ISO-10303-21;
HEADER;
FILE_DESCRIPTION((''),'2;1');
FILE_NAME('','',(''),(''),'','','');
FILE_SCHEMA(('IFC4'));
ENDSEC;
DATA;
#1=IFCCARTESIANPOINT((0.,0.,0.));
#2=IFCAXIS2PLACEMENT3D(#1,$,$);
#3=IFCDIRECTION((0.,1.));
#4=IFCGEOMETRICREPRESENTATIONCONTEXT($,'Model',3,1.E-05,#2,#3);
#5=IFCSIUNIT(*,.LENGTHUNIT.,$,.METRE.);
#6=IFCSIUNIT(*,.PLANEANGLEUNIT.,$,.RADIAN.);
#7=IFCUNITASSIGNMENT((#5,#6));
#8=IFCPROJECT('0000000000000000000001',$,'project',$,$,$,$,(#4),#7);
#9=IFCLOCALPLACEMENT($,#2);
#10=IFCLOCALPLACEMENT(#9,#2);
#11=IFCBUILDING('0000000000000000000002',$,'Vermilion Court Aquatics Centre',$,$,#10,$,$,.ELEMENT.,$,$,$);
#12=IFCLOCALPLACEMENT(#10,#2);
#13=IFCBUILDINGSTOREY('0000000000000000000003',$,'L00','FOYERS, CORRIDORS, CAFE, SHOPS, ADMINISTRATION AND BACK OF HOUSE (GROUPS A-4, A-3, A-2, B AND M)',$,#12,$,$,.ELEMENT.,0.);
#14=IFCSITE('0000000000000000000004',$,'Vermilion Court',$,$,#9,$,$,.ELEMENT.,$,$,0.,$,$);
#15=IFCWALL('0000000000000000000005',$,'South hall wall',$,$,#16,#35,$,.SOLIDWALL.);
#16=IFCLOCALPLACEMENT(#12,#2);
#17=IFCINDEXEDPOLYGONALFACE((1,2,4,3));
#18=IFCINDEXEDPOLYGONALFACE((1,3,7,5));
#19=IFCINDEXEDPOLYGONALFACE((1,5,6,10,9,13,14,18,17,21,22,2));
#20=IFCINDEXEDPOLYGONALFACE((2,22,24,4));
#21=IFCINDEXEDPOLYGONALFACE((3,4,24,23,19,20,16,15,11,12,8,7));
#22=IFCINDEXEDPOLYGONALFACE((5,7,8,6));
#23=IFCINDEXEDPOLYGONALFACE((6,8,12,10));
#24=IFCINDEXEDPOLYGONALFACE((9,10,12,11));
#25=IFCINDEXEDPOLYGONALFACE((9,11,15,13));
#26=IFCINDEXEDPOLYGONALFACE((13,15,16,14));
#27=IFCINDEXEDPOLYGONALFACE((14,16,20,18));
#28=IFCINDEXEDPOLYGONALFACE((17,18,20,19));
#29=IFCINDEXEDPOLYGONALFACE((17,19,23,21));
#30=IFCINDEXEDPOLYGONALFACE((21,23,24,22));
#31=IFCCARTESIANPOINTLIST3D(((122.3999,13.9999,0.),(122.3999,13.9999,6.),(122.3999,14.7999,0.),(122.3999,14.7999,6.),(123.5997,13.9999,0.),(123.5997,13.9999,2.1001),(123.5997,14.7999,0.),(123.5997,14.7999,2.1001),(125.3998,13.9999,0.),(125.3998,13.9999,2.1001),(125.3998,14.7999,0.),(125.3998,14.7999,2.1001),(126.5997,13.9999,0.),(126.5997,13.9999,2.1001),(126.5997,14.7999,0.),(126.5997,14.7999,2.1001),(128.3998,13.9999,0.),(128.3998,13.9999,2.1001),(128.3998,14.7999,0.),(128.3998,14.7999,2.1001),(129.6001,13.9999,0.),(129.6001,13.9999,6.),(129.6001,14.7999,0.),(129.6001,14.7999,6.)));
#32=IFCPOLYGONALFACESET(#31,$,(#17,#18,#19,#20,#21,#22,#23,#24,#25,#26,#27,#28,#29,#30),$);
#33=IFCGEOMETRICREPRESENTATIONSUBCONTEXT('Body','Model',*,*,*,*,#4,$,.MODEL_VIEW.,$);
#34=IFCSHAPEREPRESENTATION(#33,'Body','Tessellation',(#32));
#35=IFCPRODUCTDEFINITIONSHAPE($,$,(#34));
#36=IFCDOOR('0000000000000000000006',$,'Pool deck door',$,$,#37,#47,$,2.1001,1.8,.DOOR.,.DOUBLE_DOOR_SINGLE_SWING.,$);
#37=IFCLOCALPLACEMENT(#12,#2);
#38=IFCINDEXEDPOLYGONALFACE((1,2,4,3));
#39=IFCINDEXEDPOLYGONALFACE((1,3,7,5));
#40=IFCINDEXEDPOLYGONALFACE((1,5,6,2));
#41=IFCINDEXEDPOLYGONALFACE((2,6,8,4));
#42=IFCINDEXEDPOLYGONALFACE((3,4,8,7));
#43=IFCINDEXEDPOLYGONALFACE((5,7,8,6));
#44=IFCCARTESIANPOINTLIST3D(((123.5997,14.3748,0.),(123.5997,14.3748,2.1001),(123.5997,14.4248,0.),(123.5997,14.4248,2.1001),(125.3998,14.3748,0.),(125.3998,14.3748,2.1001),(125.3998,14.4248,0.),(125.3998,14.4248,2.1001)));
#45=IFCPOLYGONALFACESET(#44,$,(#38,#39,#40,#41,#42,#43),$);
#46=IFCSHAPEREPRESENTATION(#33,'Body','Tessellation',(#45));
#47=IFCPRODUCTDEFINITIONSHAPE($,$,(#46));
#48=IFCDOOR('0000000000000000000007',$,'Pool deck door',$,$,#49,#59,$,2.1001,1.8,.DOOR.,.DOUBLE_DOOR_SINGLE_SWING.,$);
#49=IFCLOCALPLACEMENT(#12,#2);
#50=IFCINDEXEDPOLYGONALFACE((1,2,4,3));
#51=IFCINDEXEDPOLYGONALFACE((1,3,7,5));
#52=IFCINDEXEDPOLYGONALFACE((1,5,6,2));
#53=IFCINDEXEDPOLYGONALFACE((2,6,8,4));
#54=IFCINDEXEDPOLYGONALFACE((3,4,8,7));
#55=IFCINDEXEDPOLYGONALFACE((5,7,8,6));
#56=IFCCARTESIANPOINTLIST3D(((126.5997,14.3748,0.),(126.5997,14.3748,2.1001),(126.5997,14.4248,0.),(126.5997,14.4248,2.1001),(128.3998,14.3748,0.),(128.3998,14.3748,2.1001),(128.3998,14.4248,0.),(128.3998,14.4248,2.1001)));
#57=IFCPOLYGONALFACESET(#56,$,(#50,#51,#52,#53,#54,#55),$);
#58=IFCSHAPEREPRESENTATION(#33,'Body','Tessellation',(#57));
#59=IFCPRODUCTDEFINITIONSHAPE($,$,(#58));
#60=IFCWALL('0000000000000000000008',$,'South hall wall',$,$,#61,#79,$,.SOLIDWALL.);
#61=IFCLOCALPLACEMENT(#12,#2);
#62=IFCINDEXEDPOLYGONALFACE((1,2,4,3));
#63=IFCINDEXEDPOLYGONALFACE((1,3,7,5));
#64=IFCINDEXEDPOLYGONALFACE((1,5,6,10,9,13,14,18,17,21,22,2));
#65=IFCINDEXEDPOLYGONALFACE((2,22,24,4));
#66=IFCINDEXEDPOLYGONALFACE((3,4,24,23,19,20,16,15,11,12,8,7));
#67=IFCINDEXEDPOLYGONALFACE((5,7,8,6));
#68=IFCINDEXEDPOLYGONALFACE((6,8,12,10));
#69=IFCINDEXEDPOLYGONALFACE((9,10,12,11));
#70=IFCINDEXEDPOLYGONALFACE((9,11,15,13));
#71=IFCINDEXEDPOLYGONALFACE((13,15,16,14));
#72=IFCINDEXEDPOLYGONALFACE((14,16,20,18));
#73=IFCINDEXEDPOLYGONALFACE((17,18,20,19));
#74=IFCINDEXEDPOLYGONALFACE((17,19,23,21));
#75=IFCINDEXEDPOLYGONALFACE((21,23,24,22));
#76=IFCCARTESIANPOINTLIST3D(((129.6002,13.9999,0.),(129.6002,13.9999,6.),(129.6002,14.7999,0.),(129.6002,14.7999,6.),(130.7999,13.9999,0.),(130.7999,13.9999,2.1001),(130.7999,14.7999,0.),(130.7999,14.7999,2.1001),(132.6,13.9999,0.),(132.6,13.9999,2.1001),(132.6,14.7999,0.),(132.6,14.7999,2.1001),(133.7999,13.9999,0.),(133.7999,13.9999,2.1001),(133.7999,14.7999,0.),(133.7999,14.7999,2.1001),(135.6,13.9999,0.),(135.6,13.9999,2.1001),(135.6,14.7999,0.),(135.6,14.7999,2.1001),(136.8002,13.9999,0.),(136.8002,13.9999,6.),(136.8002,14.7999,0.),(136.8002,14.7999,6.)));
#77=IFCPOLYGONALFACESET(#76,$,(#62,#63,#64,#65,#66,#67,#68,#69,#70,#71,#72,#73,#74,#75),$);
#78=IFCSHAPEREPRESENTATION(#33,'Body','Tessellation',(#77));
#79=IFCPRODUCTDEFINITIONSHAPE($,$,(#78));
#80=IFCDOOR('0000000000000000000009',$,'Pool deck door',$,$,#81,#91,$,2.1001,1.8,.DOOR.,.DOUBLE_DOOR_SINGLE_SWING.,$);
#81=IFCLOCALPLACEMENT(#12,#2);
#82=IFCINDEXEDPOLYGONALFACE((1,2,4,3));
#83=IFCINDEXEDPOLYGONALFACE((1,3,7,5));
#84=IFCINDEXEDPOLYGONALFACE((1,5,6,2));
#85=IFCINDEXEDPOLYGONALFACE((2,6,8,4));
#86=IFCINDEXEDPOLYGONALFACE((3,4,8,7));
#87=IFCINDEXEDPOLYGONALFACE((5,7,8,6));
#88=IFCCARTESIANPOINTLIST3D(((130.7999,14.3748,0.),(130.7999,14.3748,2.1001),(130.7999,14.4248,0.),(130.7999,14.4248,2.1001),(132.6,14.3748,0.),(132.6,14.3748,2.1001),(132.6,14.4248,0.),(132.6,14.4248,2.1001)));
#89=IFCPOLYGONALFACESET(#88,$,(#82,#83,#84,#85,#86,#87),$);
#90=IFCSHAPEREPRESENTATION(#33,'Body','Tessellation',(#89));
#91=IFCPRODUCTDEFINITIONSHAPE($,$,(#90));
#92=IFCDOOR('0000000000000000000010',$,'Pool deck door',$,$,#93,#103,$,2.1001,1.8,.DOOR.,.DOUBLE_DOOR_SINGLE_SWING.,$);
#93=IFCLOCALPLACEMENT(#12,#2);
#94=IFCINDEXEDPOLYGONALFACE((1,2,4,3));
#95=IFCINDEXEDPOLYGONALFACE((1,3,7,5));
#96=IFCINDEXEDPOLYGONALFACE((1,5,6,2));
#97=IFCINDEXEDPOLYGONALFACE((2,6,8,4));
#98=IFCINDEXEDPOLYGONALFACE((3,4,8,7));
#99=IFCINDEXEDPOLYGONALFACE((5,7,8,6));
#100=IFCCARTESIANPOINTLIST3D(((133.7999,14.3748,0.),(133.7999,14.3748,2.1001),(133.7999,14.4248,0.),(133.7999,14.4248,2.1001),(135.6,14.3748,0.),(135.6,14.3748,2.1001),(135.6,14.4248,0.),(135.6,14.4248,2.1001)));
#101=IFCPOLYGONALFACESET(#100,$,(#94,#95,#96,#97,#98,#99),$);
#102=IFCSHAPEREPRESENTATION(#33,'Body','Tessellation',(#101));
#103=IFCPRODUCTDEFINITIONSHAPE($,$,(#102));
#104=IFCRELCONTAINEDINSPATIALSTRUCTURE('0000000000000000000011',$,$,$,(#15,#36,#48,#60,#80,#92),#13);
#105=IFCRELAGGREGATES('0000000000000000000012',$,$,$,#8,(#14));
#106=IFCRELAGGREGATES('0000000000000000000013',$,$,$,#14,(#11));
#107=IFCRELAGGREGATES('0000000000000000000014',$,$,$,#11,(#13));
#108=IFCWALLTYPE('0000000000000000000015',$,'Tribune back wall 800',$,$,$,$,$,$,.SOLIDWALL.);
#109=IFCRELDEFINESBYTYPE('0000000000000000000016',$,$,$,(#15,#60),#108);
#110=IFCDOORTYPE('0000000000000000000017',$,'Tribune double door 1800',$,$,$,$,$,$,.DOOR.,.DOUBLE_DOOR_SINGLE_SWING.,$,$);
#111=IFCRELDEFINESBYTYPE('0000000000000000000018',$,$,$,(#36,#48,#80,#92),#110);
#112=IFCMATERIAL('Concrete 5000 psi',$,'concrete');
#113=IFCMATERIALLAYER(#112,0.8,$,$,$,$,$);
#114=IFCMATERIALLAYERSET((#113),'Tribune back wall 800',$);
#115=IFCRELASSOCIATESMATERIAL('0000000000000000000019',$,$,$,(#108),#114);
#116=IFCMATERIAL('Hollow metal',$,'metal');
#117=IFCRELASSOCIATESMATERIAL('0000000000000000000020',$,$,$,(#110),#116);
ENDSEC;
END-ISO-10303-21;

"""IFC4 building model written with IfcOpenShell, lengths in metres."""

from ifc_helpers import new_model, si_unit, direction, frame, frame_2d, origin, place, context, subcontext, project, spatial, rectangle, extrude, material, layer, layer_set, type_object, element, fill, save


model = new_model("IFC4")

# Units and contexts
model_context = context("Model", 3, precision=1e-05, world=origin(), true_north=direction((0.0, 1.0)))
body_context = subcontext(model_context, "Body", "Model", "MODEL_VIEW")
ifc_project = project(units=[si_unit("LENGTHUNIT", "METRE"), si_unit("PLANEANGLEUNIT", "RADIAN")], contexts=[model_context])

# Site, building, storey
site_placement = place(None, origin())
site = spatial("IfcSite", under=ifc_project, at=site_placement, Name="Vermilion Court", CompositionType="ELEMENT", RefElevation=0.0)
building_placement = place(site_placement, origin())
building = spatial("IfcBuilding", under=site, at=building_placement, Name="Vermilion Court Aquatics Centre", CompositionType="ELEMENT")
storey_placement = place(building_placement, origin())
storey = spatial("IfcBuildingStorey", under=building, at=storey_placement, Name="L00", Description="FOYERS, CORRIDORS, CAFE, SHOPS, ADMINISTRATION AND BACK OF HOUSE (GROUPS A-4, A-3, A-2, B AND M)", CompositionType="ELEMENT", Elevation=0.0)

# Walls, openings, doors
ifc_material_1 = material(Name="Concrete 5000 psi", Category="concrete")
ifc_layer_1 = layer(ifc_material_1, 0.8)
ifc_layer_set_1 = layer_set([ifc_layer_1], Name="Tribune back wall 800")
wall_type_1 = type_object("IfcWallType", Name="Tribune back wall 800", PredefinedType="SOLIDWALL", material=ifc_layer_set_1)
ifc_material_2 = material(Name="Hollow metal", Category="metal")
door_type_1 = type_object("IfcDoorType", Name="Tribune double door 1800", OperationType="DOUBLE_DOOR_SINGLE_SWING", PredefinedType="DOOR", material=ifc_material_2)
wall_1_placement = place(storey_placement, frame((122.3999, 14.3999, 0.0), z_axis=(0.0, 0.0, 1.0), x_axis=(1.0, 0.0, 0.0)))
wall_1 = element("IfcWall", 1, at=wall_1_placement, inside=storey, type_object=wall_type_1, Name="South hall wall", PredefinedType="SOLIDWALL", context=body_context, shape_type="SweptSolid", body=[
    extrude(rectangle(XDim=7.2002, YDim=0.8, at=frame_2d((3.6001, 0.0))), origin(), (0.0, 0.0, 1.0), 6.0),
])
opening_1_placement = place(wall_1_placement, frame((1.2, 0.0, 0.0)))
opening_1 = element("IfcOpeningElement", 2, at=opening_1_placement, cuts=wall_1, PredefinedType="OPENING", context=body_context, shape_type="SweptSolid", body=[
    extrude(rectangle(XDim=1.8, YDim=2.1001, at=frame_2d((0.8999, 1.05))), frame((0.0, 0.4099, 0.0), z_axis=(0.0, -1.0, 0.0), x_axis=(1.0, 0.0, 0.0)), (0.0, 0.0, 1.0), 0.8201),
])
opening_2_placement = place(wall_1_placement, frame((4.2, 0.0, 0.0)))
opening_2 = element("IfcOpeningElement", 3, at=opening_2_placement, cuts=wall_1, PredefinedType="OPENING", context=body_context, shape_type="SweptSolid", body=[
    extrude(rectangle(XDim=1.8, YDim=2.1001, at=frame_2d((0.8999, 1.05))), frame((0.0, 0.4099, 0.0), z_axis=(0.0, -1.0, 0.0), x_axis=(1.0, 0.0, 0.0)), (0.0, 0.0, 1.0), 0.8201),
])
door_1_placement = place(opening_1_placement, frame((1.8, 0.0, 0.0), z_axis=(0.0, 0.0, 1.0), x_axis=(-1.0, 0.0, 0.0)))
door_1 = element("IfcDoor", 4, at=door_1_placement, inside=storey, type_object=door_type_1, Name="Pool deck door", OperationType="DOUBLE_DOOR_SINGLE_SWING", OverallHeight=2.1001, OverallWidth=1.8, PredefinedType="DOOR", context=body_context, shape_type="SweptSolid", body=[
    extrude(rectangle(XDim=1.8, YDim=2.1001, at=frame_2d((0.9001, 1.05))), frame((0.0, 0.0251, 0.0), z_axis=(0.0, -1.0, 0.0), x_axis=(1.0, 0.0, 0.0)), (0.0, 0.0, 1.0), 0.05),
])
fill(opening_1, door_1)
door_2_placement = place(opening_2_placement, frame((1.8, 0.0, 0.0), z_axis=(0.0, 0.0, 1.0), x_axis=(-1.0, 0.0, 0.0)))
door_2 = element("IfcDoor", 5, at=door_2_placement, inside=storey, type_object=door_type_1, Name="Pool deck door", OperationType="DOUBLE_DOOR_SINGLE_SWING", OverallHeight=2.1001, OverallWidth=1.8, PredefinedType="DOOR", context=body_context, shape_type="SweptSolid", body=[
    extrude(rectangle(XDim=1.8, YDim=2.1001, at=frame_2d((0.9001, 1.05))), frame((0.0, 0.0251, 0.0), z_axis=(0.0, -1.0, 0.0), x_axis=(1.0, 0.0, 0.0)), (0.0, 0.0, 1.0), 0.05),
])
fill(opening_2, door_2)
wall_2_placement = place(storey_placement, frame((129.6001, 14.3999, 0.0), z_axis=(0.0, 0.0, 1.0), x_axis=(1.0, 0.0, 0.0)))
wall_2 = element("IfcWall", 6, at=wall_2_placement, inside=storey, type_object=wall_type_1, Name="South hall wall", PredefinedType="SOLIDWALL", context=body_context, shape_type="SweptSolid", body=[
    extrude(rectangle(XDim=7.2, YDim=0.8, at=frame_2d((3.6001, 0.0))), origin(), (0.0, 0.0, 1.0), 6.0),
])
opening_3_placement = place(wall_2_placement, frame((1.2, 0.0, 0.0)))
opening_3 = element("IfcOpeningElement", 7, at=opening_3_placement, cuts=wall_2, PredefinedType="OPENING", context=body_context, shape_type="SweptSolid", body=[
    extrude(rectangle(XDim=1.8, YDim=2.1001, at=frame_2d((0.8999, 1.05))), frame((0.0, 0.4099, 0.0), z_axis=(0.0, -1.0, 0.0), x_axis=(1.0, 0.0, 0.0)), (0.0, 0.0, 1.0), 0.8201),
])
opening_4_placement = place(wall_2_placement, frame((4.2, 0.0, 0.0)))
opening_4 = element("IfcOpeningElement", 8, at=opening_4_placement, cuts=wall_2, PredefinedType="OPENING", context=body_context, shape_type="SweptSolid", body=[
    extrude(rectangle(XDim=1.8, YDim=2.1001, at=frame_2d((0.8999, 1.05))), frame((0.0, 0.4099, 0.0), z_axis=(0.0, -1.0, 0.0), x_axis=(1.0, 0.0, 0.0)), (0.0, 0.0, 1.0), 0.8201),
])
door_3_placement = place(opening_3_placement, frame((1.8, 0.0, 0.0), z_axis=(0.0, 0.0, 1.0), x_axis=(-1.0, 0.0, 0.0)))
door_3 = element("IfcDoor", 9, at=door_3_placement, inside=storey, type_object=door_type_1, Name="Pool deck door", OperationType="DOUBLE_DOOR_SINGLE_SWING", OverallHeight=2.1001, OverallWidth=1.8, PredefinedType="DOOR", context=body_context, shape_type="SweptSolid", body=[
    extrude(rectangle(XDim=1.8, YDim=2.1001, at=frame_2d((0.9001, 1.05))), frame((0.0, 0.0251, 0.0), z_axis=(0.0, -1.0, 0.0), x_axis=(1.0, 0.0, 0.0)), (0.0, 0.0, 1.0), 0.05),
])
fill(opening_3, door_3)
door_4_placement = place(opening_4_placement, frame((1.8, 0.0, 0.0), z_axis=(0.0, 0.0, 1.0), x_axis=(-1.0, 0.0, 0.0)))
door_4 = element("IfcDoor", 10, at=door_4_placement, inside=storey, type_object=door_type_1, Name="Pool deck door", OperationType="DOUBLE_DOOR_SINGLE_SWING", OverallHeight=2.1001, OverallWidth=1.8, PredefinedType="DOOR", context=body_context, shape_type="SweptSolid", body=[
    extrude(rectangle(XDim=1.8, YDim=2.1001, at=frame_2d((0.9001, 1.05))), frame((0.0, 0.0251, 0.0), z_axis=(0.0, -1.0, 0.0), x_axis=(1.0, 0.0, 0.0)), (0.0, 0.0, 1.0), 0.05),
])
fill(opening_4, door_4)

save(model, "model.ifc")
